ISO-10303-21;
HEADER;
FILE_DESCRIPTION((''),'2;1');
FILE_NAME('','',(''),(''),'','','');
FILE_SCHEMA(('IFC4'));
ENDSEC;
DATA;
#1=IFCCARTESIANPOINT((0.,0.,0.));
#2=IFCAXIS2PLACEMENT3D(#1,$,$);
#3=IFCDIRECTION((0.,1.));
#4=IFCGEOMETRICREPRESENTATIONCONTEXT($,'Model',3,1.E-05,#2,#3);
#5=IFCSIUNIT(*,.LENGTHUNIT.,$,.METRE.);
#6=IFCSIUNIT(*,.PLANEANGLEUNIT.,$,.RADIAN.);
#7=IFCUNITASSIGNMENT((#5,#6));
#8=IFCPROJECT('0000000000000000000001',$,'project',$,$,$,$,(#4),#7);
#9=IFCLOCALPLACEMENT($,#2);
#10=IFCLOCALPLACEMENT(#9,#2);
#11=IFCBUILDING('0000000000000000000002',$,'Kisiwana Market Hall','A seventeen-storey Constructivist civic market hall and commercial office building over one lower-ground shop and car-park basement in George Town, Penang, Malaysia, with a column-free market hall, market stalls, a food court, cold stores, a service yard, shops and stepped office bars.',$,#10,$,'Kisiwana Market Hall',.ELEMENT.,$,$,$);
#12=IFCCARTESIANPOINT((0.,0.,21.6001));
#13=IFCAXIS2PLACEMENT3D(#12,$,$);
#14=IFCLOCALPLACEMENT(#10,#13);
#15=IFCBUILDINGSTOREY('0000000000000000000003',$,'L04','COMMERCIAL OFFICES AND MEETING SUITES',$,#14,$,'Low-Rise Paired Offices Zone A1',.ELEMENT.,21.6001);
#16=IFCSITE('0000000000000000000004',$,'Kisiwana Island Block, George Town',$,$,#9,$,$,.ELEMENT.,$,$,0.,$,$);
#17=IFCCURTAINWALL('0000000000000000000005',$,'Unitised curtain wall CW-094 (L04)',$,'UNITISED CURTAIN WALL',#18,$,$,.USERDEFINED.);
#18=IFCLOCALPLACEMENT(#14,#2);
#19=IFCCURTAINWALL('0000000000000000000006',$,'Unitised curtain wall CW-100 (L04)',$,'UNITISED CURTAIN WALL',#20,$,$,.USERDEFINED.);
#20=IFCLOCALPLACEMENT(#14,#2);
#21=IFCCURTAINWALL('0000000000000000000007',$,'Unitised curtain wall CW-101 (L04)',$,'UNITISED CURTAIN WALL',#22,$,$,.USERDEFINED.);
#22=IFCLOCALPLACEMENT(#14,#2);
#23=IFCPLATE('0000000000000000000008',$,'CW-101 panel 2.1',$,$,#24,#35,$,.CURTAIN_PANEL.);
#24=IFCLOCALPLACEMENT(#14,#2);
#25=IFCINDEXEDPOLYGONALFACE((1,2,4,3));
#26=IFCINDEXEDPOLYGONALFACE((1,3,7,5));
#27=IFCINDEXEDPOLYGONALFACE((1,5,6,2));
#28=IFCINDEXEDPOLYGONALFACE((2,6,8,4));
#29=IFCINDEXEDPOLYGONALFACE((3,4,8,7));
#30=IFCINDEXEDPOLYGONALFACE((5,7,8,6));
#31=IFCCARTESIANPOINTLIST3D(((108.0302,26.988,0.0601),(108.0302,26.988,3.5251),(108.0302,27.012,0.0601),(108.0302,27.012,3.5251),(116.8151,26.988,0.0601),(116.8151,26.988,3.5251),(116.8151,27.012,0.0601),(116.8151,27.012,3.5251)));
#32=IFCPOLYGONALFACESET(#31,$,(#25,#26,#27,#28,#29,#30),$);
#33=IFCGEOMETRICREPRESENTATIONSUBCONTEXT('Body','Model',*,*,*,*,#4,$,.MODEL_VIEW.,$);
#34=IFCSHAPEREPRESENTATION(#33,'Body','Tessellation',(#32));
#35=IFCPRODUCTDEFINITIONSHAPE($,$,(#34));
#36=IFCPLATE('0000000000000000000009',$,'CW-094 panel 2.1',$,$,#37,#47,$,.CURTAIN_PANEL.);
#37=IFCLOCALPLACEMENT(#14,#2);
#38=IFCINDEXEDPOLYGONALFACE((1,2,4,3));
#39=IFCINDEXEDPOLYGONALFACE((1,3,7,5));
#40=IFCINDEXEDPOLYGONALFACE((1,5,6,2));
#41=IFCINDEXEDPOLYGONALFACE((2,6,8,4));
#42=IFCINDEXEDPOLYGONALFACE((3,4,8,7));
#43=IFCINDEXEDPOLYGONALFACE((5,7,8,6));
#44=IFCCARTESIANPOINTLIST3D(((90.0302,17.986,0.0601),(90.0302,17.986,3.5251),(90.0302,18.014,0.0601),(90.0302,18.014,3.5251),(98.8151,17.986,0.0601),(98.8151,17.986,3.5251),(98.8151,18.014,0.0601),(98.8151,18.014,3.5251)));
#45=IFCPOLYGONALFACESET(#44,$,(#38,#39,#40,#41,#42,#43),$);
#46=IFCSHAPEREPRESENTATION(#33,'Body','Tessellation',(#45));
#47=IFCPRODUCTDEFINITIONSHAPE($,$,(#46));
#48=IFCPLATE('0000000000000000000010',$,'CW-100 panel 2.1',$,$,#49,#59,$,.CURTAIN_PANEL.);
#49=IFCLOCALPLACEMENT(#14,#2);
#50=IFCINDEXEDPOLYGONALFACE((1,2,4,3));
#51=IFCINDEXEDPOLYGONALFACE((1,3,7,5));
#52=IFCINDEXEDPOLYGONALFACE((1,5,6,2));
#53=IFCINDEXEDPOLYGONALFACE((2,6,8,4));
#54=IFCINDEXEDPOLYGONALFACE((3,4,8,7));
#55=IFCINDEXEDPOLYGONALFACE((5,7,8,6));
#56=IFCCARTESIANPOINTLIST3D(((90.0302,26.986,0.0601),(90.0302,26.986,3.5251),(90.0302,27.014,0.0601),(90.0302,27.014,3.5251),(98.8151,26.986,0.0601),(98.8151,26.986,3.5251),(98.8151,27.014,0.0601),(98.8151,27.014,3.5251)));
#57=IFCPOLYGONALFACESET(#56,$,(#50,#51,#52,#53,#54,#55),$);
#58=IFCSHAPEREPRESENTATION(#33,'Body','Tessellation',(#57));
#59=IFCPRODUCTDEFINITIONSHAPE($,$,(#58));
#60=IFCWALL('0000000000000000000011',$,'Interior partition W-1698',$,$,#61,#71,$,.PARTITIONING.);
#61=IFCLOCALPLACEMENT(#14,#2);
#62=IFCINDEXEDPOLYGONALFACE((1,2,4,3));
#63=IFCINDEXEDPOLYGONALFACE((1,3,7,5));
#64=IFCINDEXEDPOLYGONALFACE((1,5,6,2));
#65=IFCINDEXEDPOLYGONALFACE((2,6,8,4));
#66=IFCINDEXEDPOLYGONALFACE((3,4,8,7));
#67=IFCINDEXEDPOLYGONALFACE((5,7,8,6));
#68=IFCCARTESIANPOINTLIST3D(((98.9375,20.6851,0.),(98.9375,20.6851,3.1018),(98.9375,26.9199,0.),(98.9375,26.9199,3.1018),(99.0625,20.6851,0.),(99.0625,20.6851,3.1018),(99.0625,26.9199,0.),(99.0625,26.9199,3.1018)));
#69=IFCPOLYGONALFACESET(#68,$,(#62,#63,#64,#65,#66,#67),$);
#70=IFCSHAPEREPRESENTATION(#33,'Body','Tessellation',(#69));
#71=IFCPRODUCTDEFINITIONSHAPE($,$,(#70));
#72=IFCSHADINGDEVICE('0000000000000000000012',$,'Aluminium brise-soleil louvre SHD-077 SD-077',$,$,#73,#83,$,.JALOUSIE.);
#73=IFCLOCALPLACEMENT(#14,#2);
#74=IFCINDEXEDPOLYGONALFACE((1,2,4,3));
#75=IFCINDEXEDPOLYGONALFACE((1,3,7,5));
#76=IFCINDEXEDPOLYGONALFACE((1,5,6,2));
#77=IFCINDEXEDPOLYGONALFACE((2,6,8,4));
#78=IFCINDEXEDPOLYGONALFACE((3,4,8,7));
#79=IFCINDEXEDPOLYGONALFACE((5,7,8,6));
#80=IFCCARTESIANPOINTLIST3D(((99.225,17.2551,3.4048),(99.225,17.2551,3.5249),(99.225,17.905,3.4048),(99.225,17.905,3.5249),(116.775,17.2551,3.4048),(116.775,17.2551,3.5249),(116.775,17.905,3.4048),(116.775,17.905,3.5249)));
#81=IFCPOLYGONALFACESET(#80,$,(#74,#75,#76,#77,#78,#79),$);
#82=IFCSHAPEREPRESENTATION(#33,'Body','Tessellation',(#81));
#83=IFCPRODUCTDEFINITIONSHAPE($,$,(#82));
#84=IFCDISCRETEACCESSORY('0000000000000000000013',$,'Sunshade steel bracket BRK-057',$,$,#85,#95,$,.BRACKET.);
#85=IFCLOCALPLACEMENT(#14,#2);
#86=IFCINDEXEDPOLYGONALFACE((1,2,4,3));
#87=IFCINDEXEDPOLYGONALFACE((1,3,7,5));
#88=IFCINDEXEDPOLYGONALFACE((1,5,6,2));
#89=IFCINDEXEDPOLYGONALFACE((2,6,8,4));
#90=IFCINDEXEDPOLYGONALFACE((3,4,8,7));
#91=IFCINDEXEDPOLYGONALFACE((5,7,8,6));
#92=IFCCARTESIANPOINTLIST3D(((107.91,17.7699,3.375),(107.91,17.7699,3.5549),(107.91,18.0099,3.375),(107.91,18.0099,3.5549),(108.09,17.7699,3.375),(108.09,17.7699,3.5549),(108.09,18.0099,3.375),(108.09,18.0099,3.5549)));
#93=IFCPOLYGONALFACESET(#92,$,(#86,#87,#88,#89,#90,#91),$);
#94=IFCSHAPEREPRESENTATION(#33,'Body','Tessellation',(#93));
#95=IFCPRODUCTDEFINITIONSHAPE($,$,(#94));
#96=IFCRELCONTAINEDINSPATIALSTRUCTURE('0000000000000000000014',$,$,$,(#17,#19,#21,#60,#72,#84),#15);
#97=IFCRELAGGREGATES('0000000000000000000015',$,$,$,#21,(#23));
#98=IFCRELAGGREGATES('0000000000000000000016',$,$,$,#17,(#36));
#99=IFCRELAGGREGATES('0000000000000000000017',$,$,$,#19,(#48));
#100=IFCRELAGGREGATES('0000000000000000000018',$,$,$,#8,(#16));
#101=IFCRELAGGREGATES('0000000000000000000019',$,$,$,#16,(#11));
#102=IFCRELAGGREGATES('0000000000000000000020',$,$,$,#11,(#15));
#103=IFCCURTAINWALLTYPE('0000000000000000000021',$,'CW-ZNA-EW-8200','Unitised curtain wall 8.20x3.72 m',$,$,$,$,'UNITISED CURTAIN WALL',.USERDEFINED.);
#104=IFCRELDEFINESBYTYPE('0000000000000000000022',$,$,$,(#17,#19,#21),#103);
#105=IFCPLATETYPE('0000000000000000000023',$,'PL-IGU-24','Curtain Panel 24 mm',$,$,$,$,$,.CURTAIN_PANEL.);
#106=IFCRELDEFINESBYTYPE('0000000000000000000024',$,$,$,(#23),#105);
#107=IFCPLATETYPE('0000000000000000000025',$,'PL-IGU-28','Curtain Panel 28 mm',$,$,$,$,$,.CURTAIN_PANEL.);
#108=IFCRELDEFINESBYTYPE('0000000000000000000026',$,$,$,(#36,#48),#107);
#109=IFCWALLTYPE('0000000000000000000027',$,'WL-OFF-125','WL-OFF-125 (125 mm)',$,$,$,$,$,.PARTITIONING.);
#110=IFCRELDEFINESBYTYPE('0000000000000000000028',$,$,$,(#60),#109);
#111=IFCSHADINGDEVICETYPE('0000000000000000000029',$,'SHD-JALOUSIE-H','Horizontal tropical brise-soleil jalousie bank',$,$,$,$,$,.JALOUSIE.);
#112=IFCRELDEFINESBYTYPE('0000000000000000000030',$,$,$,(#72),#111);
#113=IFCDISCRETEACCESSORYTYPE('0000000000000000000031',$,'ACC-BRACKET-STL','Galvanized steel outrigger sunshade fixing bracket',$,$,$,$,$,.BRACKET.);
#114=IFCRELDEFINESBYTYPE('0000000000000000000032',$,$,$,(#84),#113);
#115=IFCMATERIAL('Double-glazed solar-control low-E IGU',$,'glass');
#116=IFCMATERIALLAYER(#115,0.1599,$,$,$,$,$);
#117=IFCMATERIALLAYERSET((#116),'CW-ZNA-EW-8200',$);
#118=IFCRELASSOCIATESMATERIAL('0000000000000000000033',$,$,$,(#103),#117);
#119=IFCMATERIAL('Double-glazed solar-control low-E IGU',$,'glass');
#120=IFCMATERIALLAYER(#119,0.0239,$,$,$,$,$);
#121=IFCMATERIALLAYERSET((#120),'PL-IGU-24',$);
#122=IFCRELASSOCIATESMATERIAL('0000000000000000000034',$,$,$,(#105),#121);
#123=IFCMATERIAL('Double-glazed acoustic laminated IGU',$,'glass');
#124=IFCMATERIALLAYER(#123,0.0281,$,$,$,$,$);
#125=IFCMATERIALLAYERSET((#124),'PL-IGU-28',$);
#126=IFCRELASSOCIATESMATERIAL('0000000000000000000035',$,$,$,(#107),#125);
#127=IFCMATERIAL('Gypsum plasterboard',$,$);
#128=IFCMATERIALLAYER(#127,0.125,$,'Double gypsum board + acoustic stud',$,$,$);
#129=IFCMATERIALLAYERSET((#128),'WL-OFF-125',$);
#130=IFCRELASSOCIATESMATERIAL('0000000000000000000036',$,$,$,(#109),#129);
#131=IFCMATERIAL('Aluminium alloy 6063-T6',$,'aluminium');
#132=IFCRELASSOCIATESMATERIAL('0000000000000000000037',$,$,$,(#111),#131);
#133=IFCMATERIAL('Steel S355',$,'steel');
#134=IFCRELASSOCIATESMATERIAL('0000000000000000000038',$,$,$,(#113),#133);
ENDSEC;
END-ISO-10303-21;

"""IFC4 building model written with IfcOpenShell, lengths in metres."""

from ifc_helpers import new_model, si_unit, direction, frame, frame_2d, origin, origin_2d, place, context, subcontext, project, spatial, rectangle, extrude, material, layer, layer_set, type_object, element, aggregate, save


model = new_model("IFC4")

# Units and contexts
model_context = context("Model", 3, precision=1e-05, world=origin(), true_north=direction((0.0, 1.0)))
body_context = subcontext(model_context, "Body", "Model", "MODEL_VIEW")
ifc_project = project(units=[si_unit("LENGTHUNIT", "METRE"), si_unit("PLANEANGLEUNIT", "RADIAN")], contexts=[model_context])

# Site, building, storey
site_placement = place(None, origin())
site = spatial("IfcSite", under=ifc_project, at=site_placement, Name="Kisiwana Island Block, George Town", CompositionType="ELEMENT", RefElevation=0.0)
building_placement = place(site_placement, origin())
building = spatial("IfcBuilding", under=site, at=building_placement, Name="Kisiwana Market Hall", Description="A seventeen-storey Constructivist civic market hall and commercial office building over one lower-ground shop and car-park basement in George Town, Penang, Malaysia, with a column-free market hall, market stalls, a food court, cold stores, a service yard, shops and stepped office bars.", LongName="Kisiwana Market Hall", CompositionType="ELEMENT")
storey_placement = place(building_placement, frame((0.0, 0.0, 21.6001)))
storey = spatial("IfcBuildingStorey", under=building, at=storey_placement, Name="L04", Description="COMMERCIAL OFFICES AND MEETING SUITES", LongName="Low-Rise Paired Offices Zone A1", CompositionType="ELEMENT", Elevation=21.6001)

# Curtain wall
ifc_material_1 = material(Name="Double-glazed solar-control low-E IGU", Category="glass")
ifc_layer_1 = layer(ifc_material_1, 0.1599)
ifc_layer_set_1 = layer_set([ifc_layer_1], Name="CW-ZNA-EW-8200")
curtain_wall_type = type_object("IfcCurtainWallType", Name="CW-ZNA-EW-8200", Description="Unitised curtain wall 8.20x3.72 m", ElementType="UNITISED CURTAIN WALL", PredefinedType="USERDEFINED", material=ifc_layer_set_1)
curtain_wall_1_placement = place(storey_placement, origin())
curtain_wall_1 = element("IfcCurtainWall", 1, at=curtain_wall_1_placement, inside=storey, type_object=curtain_wall_type, Name="Unitised curtain wall CW-094 (L04)", ObjectType="UNITISED CURTAIN WALL", PredefinedType="USERDEFINED")

# Curtain wall
curtain_wall_2_placement = place(storey_placement, origin())
curtain_wall_2 = element("IfcCurtainWall", 2, at=curtain_wall_2_placement, inside=storey, type_object=curtain_wall_type, Name="Unitised curtain wall CW-100 (L04)", ObjectType="UNITISED CURTAIN WALL", PredefinedType="USERDEFINED")

# Curtain wall
curtain_wall_3_placement = place(storey_placement, origin())
curtain_wall_3 = element("IfcCurtainWall", 3, at=curtain_wall_3_placement, inside=storey, type_object=curtain_wall_type, Name="Unitised curtain wall CW-101 (L04)", ObjectType="UNITISED CURTAIN WALL", PredefinedType="USERDEFINED")

# Plates
ifc_material_2 = material(Name="Double-glazed solar-control low-E IGU", Category="glass")
ifc_layer_2 = layer(ifc_material_2, 0.0239)
ifc_layer_set_2 = layer_set([ifc_layer_2], Name="PL-IGU-24")
plate_type_1 = type_object("IfcPlateType", Name="PL-IGU-24", Description="Curtain Panel 24 mm", PredefinedType="CURTAIN_PANEL", material=ifc_layer_set_2)
plate_1_placement = place(storey_placement, frame((112.4226, 27.0, 0.0601), z_axis=(0.0, 0.0, 1.0), x_axis=(1.0, 0.0, 0.0)))
plate_1 = element("IfcPlate", 4, at=plate_1_placement, type_object=plate_type_1, Name="CW-101 panel 2.1", PredefinedType="CURTAIN_PANEL", context=body_context, shape_type="SweptSolid", body=[
    extrude(rectangle(XDim=8.7849, YDim=0.0239, at=origin_2d()), origin(), (0.0, 0.0, 1.0), 3.4651),
])
aggregate(curtain_wall_3, [plate_1])
ifc_material_3 = material(Name="Double-glazed acoustic laminated IGU", Category="glass")
ifc_layer_3 = layer(ifc_material_3, 0.0281)
ifc_layer_set_3 = layer_set([ifc_layer_3], Name="PL-IGU-28")
plate_type_2 = type_object("IfcPlateType", Name="PL-IGU-28", Description="Curtain Panel 28 mm", PredefinedType="CURTAIN_PANEL", material=ifc_layer_set_3)
plate_2_placement = place(storey_placement, frame((94.4226, 18.0, 0.0601), z_axis=(0.0, 0.0, 1.0), x_axis=(1.0, 0.0, 0.0)))
plate_2 = element("IfcPlate", 5, at=plate_2_placement, type_object=plate_type_2, Name="CW-094 panel 2.1", PredefinedType="CURTAIN_PANEL", context=body_context, shape_type="SweptSolid", body=[
    extrude(rectangle(XDim=8.7849, YDim=0.0281, at=origin_2d()), origin(), (0.0, 0.0, 1.0), 3.4651),
])
aggregate(curtain_wall_1, [plate_2])
plate_3_placement = place(storey_placement, frame((94.4226, 27.0, 0.0601), z_axis=(0.0, 0.0, 1.0), x_axis=(1.0, 0.0, 0.0)))
plate_3 = element("IfcPlate", 6, at=plate_3_placement, type_object=plate_type_2, Name="CW-100 panel 2.1", PredefinedType="CURTAIN_PANEL", context=body_context, shape_type="SweptSolid", body=[
    extrude(rectangle(XDim=8.7849, YDim=0.0281, at=origin_2d()), origin(), (0.0, 0.0, 1.0), 3.4651),
])
aggregate(curtain_wall_2, [plate_3])

# Wall
ifc_material_4 = material(Name="Gypsum plasterboard")
ifc_layer_4 = layer(ifc_material_4, 0.125, Name="Double gypsum board + acoustic stud")
ifc_layer_set_4 = layer_set([ifc_layer_4], Name="WL-OFF-125")
wall_type = type_object("IfcWallType", Name="WL-OFF-125", Description="WL-OFF-125 (125 mm)", PredefinedType="PARTITIONING", material=ifc_layer_set_4)
wall_placement = place(storey_placement, frame((99.0, 20.6851, 0.0), z_axis=(0.0, 0.0, 1.0), x_axis=(0.0, 1.0, 0.0)))
element("IfcWall", 7, at=wall_placement, inside=storey, type_object=wall_type, Name="Interior partition W-1698", PredefinedType="PARTITIONING", context=body_context, shape_type="SweptSolid", body=[
    extrude(rectangle(XDim=6.2349, YDim=0.125, at=frame_2d((3.1174, 0.0))), origin(), (0.0, 0.0, 1.0), 3.1018),
])

# Shading device
ifc_material_5 = material(Name="Aluminium alloy 6063-T6", Category="aluminium")
shading_device_type = type_object("IfcShadingDeviceType", Name="SHD-JALOUSIE-H", Description="Horizontal tropical brise-soleil jalousie bank", PredefinedType="JALOUSIE", material=ifc_material_5)
shading_device_placement = place(storey_placement, frame((108.0, 17.5801, 3.4048), z_axis=(0.0, 0.0, 1.0), x_axis=(1.0, 0.0, 0.0)))
element("IfcShadingDevice", 8, at=shading_device_placement, inside=storey, type_object=shading_device_type, Name="Aluminium brise-soleil louvre SHD-077 SD-077", PredefinedType="JALOUSIE", context=body_context, shape_type="SweptSolid", body=[
    extrude(rectangle(XDim=17.55, YDim=0.6499, at=origin_2d()), origin(), (0.0, 0.0, 1.0), 0.1201),
])

# Discrete accessory
ifc_material_6 = material(Name="Steel S355", Category="steel")
discrete_accessory_type = type_object("IfcDiscreteAccessoryType", Name="ACC-BRACKET-STL", Description="Galvanized steel outrigger sunshade fixing bracket", PredefinedType="BRACKET", material=ifc_material_6)
discrete_accessory_placement = place(storey_placement, frame((108.0, 17.8899, 3.375), z_axis=(0.0, 0.0, 1.0), x_axis=(1.0, 0.0, 0.0)))
element("IfcDiscreteAccessory", 9, at=discrete_accessory_placement, inside=storey, type_object=discrete_accessory_type, Name="Sunshade steel bracket BRK-057", PredefinedType="BRACKET", context=body_context, shape_type="SweptSolid", body=[
    extrude(rectangle(XDim=0.1799, YDim=0.24, at=origin_2d()), origin(), (0.0, 0.0, 1.0), 0.1799),
])

save(model, "model.ifc")
